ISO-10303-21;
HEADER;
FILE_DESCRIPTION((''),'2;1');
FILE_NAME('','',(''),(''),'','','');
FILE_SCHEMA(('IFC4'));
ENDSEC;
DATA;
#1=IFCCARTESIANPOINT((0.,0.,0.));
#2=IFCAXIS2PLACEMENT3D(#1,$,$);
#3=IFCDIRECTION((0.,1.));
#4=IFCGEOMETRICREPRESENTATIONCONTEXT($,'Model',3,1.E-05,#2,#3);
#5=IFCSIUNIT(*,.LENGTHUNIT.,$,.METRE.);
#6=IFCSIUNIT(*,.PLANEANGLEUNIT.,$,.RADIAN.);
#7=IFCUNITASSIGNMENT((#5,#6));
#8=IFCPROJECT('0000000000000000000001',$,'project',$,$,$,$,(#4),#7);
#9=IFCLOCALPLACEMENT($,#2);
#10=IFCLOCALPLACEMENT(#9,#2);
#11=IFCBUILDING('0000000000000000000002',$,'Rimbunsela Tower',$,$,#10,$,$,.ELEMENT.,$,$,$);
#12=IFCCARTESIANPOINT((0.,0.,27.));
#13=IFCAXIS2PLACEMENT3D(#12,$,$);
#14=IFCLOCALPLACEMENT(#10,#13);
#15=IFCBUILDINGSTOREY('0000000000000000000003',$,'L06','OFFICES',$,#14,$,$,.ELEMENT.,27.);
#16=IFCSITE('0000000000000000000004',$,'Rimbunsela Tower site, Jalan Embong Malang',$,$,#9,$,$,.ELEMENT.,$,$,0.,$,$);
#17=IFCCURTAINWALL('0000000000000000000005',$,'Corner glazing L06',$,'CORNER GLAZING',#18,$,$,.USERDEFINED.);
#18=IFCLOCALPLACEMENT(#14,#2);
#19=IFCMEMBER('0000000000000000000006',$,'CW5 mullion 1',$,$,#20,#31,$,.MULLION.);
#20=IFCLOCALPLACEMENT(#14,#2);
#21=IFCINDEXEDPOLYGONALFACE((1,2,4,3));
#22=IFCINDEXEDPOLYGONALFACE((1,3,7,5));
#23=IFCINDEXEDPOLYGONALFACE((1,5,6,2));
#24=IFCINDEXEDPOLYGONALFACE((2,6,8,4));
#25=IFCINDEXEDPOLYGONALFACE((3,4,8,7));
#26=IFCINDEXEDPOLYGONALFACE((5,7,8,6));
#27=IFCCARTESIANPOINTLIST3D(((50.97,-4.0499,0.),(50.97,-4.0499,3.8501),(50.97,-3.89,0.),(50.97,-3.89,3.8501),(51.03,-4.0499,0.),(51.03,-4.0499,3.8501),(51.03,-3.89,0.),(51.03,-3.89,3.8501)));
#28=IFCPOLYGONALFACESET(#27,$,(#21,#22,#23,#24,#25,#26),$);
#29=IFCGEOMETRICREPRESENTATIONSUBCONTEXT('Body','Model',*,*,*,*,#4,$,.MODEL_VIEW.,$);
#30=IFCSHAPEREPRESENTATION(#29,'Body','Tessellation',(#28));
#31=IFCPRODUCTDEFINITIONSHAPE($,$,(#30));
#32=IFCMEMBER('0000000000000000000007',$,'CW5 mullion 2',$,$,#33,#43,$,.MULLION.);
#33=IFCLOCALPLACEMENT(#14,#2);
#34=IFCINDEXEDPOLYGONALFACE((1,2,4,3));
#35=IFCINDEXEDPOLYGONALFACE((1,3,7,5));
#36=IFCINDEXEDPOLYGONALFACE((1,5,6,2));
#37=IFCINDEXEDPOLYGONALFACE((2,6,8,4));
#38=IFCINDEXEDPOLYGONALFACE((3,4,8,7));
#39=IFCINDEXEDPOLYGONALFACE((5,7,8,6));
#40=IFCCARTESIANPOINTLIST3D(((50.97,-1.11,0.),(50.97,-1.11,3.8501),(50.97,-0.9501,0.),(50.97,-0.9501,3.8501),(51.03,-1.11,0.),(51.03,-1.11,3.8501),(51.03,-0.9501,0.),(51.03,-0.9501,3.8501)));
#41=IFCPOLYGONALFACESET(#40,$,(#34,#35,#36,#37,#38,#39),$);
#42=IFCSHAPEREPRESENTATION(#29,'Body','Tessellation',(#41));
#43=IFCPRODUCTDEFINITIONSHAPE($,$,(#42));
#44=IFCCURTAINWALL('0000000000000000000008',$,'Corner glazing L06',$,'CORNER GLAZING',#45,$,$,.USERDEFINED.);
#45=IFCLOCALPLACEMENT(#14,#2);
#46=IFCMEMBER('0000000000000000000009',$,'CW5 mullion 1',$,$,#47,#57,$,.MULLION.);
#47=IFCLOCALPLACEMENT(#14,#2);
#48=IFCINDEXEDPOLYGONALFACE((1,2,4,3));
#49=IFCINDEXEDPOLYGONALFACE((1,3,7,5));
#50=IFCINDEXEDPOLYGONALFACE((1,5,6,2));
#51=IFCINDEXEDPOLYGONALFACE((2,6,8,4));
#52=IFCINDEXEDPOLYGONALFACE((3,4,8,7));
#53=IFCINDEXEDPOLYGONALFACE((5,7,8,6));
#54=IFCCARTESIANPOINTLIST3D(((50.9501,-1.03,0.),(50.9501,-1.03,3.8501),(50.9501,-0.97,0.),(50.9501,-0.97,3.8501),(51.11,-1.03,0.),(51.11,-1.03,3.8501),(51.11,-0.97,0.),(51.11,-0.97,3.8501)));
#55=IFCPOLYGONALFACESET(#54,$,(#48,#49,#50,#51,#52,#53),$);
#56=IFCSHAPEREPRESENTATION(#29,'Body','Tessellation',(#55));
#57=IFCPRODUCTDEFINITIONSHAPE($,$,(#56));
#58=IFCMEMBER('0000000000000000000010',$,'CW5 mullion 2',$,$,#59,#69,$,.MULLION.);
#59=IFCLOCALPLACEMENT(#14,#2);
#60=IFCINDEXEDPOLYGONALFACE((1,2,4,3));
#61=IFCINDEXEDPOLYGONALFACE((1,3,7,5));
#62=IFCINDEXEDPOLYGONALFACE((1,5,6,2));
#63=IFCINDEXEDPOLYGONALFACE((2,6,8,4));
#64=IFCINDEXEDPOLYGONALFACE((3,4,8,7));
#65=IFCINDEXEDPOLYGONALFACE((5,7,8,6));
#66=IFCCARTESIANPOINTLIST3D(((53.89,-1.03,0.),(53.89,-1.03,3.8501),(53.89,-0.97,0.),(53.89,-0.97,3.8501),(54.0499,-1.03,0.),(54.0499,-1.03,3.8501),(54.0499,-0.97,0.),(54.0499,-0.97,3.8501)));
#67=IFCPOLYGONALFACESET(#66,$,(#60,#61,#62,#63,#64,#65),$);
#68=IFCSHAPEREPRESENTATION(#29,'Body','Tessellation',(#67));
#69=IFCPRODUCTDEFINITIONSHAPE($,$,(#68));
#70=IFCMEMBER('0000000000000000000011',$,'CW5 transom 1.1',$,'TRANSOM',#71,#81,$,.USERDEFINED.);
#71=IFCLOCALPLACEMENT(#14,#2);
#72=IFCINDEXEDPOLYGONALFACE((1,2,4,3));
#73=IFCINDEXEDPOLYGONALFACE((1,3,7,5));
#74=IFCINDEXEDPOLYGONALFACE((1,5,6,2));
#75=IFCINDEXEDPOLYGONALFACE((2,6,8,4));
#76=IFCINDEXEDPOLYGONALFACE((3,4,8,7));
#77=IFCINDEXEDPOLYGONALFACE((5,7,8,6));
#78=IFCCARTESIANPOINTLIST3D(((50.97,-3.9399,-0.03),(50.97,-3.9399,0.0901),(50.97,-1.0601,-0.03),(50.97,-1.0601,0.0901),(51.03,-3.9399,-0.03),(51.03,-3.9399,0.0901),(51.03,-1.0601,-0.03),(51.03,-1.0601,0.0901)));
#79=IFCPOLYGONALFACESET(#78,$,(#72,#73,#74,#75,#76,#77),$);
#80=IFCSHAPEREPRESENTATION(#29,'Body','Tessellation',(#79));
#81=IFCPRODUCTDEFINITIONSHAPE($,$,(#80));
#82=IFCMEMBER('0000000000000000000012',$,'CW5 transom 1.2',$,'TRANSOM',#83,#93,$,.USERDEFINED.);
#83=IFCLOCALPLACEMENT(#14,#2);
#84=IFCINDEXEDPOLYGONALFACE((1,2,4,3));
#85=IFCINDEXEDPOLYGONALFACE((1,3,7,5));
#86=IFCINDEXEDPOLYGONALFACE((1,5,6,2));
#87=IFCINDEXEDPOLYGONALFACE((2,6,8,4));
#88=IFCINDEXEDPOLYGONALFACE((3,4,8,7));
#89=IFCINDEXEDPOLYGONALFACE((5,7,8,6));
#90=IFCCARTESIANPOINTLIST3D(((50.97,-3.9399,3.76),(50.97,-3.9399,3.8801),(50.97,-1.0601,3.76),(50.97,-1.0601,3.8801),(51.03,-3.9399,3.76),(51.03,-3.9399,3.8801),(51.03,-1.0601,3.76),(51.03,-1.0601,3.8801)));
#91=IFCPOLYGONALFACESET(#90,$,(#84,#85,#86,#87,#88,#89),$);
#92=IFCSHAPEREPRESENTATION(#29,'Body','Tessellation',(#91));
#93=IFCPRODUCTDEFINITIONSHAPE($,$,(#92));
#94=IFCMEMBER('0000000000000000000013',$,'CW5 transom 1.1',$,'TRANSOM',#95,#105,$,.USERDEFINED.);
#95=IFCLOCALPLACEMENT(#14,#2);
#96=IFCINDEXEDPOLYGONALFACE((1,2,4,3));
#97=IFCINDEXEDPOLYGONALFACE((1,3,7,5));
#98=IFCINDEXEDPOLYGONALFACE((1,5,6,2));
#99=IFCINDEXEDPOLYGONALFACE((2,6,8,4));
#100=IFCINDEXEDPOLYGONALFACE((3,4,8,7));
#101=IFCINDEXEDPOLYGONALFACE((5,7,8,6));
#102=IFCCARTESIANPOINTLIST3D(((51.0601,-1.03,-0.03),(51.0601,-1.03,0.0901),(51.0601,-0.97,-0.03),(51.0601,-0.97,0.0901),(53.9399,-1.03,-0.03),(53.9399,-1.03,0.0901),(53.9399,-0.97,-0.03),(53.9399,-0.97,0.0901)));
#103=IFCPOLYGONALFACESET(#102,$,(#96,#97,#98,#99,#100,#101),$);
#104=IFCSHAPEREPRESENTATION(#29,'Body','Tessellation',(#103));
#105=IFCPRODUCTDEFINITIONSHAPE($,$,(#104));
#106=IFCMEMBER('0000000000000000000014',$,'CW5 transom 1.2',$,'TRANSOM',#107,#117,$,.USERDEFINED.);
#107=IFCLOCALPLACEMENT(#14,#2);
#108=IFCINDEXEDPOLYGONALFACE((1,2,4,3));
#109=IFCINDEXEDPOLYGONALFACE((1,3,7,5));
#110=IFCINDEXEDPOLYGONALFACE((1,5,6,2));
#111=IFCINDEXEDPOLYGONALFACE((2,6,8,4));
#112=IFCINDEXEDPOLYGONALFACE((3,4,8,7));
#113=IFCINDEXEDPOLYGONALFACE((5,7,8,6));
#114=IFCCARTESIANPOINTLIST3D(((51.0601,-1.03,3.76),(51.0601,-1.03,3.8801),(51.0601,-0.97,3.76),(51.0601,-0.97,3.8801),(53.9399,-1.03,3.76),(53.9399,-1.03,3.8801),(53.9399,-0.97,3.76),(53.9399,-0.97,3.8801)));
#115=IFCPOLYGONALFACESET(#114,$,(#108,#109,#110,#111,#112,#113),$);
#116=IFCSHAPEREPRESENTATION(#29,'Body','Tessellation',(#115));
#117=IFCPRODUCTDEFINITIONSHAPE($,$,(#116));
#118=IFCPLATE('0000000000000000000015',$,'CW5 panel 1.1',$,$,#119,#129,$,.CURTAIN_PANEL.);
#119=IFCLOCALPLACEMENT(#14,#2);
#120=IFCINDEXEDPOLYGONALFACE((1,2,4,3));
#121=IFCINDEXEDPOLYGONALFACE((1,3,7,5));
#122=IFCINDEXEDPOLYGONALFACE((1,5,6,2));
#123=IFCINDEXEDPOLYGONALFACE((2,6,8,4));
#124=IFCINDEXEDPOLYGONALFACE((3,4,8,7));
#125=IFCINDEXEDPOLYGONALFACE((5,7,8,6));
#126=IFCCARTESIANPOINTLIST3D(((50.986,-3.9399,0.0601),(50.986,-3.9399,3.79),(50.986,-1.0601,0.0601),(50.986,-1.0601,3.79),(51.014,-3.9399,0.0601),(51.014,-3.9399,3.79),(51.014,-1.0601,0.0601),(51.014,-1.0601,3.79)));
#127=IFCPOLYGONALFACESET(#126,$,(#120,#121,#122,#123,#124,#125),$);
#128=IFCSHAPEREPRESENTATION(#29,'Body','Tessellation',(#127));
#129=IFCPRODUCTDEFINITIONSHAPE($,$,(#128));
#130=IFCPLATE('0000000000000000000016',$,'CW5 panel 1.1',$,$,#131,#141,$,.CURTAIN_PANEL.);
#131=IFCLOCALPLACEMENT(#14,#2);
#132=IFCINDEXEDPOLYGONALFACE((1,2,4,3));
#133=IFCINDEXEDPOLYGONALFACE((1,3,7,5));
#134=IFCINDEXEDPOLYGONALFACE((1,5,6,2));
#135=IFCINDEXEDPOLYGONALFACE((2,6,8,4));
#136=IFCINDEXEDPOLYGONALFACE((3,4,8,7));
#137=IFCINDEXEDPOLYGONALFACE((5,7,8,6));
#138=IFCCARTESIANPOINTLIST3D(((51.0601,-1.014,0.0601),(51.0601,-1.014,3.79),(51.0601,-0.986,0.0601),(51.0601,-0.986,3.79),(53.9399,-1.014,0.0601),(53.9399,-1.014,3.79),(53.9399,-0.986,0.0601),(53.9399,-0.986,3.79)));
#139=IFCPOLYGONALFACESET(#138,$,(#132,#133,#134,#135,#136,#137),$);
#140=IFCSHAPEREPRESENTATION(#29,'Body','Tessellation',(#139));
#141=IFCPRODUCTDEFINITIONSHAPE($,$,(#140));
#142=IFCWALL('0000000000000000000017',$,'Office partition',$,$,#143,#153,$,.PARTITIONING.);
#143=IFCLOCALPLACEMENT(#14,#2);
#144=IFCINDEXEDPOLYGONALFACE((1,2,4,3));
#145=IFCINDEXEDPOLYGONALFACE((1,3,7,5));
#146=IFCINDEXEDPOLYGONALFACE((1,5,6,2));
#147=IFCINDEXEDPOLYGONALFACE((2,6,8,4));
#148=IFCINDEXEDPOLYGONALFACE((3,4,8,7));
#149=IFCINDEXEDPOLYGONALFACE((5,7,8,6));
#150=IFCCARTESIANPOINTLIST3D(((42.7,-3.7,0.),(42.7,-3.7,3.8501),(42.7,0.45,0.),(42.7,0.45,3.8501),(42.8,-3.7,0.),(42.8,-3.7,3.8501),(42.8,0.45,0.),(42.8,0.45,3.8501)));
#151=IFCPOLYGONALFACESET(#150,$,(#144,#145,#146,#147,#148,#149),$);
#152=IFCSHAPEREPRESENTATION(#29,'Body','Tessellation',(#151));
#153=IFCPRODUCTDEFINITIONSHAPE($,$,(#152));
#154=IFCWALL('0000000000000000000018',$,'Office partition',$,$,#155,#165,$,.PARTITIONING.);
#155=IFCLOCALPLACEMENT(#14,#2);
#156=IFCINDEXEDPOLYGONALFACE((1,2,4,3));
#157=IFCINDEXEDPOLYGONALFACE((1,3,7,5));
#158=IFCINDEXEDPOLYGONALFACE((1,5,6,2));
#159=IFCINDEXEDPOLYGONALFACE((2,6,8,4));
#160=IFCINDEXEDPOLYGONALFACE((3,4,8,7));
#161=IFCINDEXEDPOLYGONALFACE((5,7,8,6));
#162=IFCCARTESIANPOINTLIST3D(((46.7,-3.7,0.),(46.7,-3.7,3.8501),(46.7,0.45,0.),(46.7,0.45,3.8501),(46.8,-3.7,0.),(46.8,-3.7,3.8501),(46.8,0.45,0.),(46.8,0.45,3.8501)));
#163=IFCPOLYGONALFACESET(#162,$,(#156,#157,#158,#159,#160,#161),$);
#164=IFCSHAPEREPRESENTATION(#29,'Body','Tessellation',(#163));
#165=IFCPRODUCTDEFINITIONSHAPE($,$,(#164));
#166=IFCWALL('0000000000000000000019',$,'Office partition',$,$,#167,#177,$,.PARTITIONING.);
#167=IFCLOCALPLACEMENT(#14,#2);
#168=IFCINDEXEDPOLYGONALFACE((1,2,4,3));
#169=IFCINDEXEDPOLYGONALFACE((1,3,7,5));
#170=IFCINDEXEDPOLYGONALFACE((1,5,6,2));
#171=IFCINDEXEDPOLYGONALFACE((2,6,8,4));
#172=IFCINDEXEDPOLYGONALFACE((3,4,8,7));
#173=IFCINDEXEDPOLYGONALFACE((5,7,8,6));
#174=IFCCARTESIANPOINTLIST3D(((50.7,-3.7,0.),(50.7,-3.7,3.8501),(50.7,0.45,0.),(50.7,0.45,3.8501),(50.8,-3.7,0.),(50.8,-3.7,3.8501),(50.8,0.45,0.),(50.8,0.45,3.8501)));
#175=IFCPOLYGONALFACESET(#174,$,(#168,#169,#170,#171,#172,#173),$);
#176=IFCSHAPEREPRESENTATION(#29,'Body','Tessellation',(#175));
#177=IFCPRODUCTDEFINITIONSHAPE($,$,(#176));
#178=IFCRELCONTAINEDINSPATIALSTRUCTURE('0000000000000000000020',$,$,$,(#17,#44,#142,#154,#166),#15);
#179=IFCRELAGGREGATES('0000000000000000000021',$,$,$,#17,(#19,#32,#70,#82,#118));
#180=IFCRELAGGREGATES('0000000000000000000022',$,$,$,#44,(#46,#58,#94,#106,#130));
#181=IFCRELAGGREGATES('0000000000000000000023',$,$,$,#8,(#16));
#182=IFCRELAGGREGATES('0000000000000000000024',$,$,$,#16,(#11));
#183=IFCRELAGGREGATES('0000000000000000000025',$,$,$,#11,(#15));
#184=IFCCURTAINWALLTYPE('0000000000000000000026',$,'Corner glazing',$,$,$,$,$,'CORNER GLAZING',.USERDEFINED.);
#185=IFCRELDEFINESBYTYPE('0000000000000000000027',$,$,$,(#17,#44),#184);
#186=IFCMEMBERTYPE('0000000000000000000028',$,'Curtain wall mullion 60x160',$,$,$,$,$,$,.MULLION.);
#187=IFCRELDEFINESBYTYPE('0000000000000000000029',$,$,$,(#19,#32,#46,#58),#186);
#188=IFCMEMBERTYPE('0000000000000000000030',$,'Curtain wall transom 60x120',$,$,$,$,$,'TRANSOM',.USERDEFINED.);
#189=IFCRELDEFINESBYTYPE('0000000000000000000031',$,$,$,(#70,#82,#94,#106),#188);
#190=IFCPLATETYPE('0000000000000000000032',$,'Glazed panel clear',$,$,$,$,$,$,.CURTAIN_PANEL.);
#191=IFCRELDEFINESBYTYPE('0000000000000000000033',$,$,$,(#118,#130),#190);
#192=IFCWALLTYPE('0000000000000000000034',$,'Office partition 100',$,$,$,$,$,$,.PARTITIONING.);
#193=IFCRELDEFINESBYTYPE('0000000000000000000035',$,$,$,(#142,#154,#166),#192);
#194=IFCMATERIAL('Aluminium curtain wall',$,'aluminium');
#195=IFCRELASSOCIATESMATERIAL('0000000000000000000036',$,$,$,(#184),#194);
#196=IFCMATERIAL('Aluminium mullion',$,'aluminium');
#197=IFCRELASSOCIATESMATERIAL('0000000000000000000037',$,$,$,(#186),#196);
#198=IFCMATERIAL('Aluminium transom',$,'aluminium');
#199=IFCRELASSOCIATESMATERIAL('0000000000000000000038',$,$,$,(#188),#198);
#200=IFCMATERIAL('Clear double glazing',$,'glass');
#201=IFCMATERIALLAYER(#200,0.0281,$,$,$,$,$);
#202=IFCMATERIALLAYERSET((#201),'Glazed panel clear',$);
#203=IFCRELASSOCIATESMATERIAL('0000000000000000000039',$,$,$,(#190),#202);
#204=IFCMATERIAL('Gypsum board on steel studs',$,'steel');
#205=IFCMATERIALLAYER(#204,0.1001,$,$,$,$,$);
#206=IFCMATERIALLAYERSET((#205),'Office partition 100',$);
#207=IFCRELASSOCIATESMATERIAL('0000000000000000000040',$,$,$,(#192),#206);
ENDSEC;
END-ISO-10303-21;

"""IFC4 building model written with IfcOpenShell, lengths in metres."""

from ifc_helpers import new_model, si_unit, direction, frame, frame_2d, origin, origin_2d, place, context, subcontext, project, spatial, rectangle, extrude, material, layer, layer_set, material_profile, profile_set, type_object, element, aggregate, save


model = new_model("IFC4")

# Units and contexts
model_context = context("Model", 3, precision=1e-05, world=origin(), true_north=direction((0.0, 1.0)))
body_context = subcontext(model_context, "Body", "Model", "MODEL_VIEW")
ifc_project = project(units=[si_unit("LENGTHUNIT", "METRE"), si_unit("PLANEANGLEUNIT", "RADIAN")], contexts=[model_context])

# Site, building, storey
site_placement = place(None, origin())
site = spatial("IfcSite", under=ifc_project, at=site_placement, Name="Rimbunsela Tower site, Jalan Embong Malang", CompositionType="ELEMENT", RefElevation=0.0)
building_placement = place(site_placement, origin())
building = spatial("IfcBuilding", under=site, at=building_placement, Name="Rimbunsela Tower", CompositionType="ELEMENT")
storey_placement = place(building_placement, frame((0.0, 0.0, 27.0)))
storey = spatial("IfcBuildingStorey", under=building, at=storey_placement, Name="L06", Description="OFFICES", CompositionType="ELEMENT", Elevation=27.0)

# Curtain walls, members
ifc_material_1 = material(Name="Aluminium curtain wall", Category="aluminium")
curtain_wall_type = type_object("IfcCurtainWallType", Name="Corner glazing", ElementType="CORNER GLAZING", PredefinedType="USERDEFINED", material=ifc_material_1)
curtain_wall_1_placement = place(storey_placement, origin())
curtain_wall_1 = element("IfcCurtainWall", 1, at=curtain_wall_1_placement, inside=storey, type_object=curtain_wall_type, Name="Corner glazing L06", ObjectType="CORNER GLAZING", PredefinedType="USERDEFINED")
ifc_material_2 = material(Name="Aluminium mullion", Category="aluminium")
ifc_material_profile_1 = material_profile(ifc_material_2, rectangle(XDim=0.0601, YDim=0.1599, at=origin_2d()), Name="Mullion 60x160")
ifc_profile_set_1 = profile_set([ifc_material_profile_1], Name="Aluminium mullion")
member_type_1 = type_object("IfcMemberType", Name="Curtain wall mullion 60x160", PredefinedType="MULLION", material=ifc_profile_set_1)
member_1_placement = place(storey_placement, frame((51.0, -3.97, 0.0), z_axis=(0.0, 0.0, 1.0), x_axis=(-1.0, 0.0, 0.0)))
member_1 = element("IfcMember", 2, at=member_1_placement, type_object=member_type_1, Name="CW5 mullion 1", PredefinedType="MULLION", context=body_context, shape_type="SweptSolid", body=[
    extrude(rectangle(XDim=0.0601, YDim=0.1599, at=origin_2d()), origin(), (0.0, 0.0, 1.0), 3.8501),
])
member_2_placement = place(storey_placement, frame((51.0, -1.03, 0.0), z_axis=(0.0, 0.0, 1.0), x_axis=(-1.0, 0.0, 0.0)))
member_2 = element("IfcMember", 3, at=member_2_placement, type_object=member_type_1, Name="CW5 mullion 2", PredefinedType="MULLION", context=body_context, shape_type="SweptSolid", body=[
    extrude(rectangle(XDim=0.0601, YDim=0.1599, at=origin_2d()), origin(), (0.0, 0.0, 1.0), 3.8501),
])
curtain_wall_2_placement = place(storey_placement, origin())
curtain_wall_2 = element("IfcCurtainWall", 4, at=curtain_wall_2_placement, inside=storey, type_object=curtain_wall_type, Name="Corner glazing L06", ObjectType="CORNER GLAZING", PredefinedType="USERDEFINED")
member_3_placement = place(storey_placement, frame((51.03, -1.0, 0.0), z_axis=(0.0, 0.0, 1.0), x_axis=(0.0, 1.0, 0.0)))
member_3 = element("IfcMember", 5, at=member_3_placement, type_object=member_type_1, Name="CW5 mullion 1", PredefinedType="MULLION", context=body_context, shape_type="SweptSolid", body=[
    extrude(rectangle(XDim=0.0601, YDim=0.1599, at=origin_2d()), origin(), (0.0, 0.0, 1.0), 3.8501),
])
member_4_placement = place(storey_placement, frame((53.97, -1.0, 0.0), z_axis=(0.0, 0.0, 1.0), x_axis=(0.0, 1.0, 0.0)))
member_4 = element("IfcMember", 6, at=member_4_placement, type_object=member_type_1, Name="CW5 mullion 2", PredefinedType="MULLION", context=body_context, shape_type="SweptSolid", body=[
    extrude(rectangle(XDim=0.0601, YDim=0.1599, at=origin_2d()), origin(), (0.0, 0.0, 1.0), 3.8501),
])

# Members
ifc_material_3 = material(Name="Aluminium transom", Category="aluminium")
ifc_material_profile_2 = material_profile(ifc_material_3, rectangle(XDim=0.0601, YDim=0.1201, at=origin_2d()), Name="Transom 60x120")
ifc_profile_set_2 = profile_set([ifc_material_profile_2], Name="Aluminium transom")
member_type_2 = type_object("IfcMemberType", Name="Curtain wall transom 60x120", ElementType="TRANSOM", PredefinedType="USERDEFINED", material=ifc_profile_set_2)
member_5_placement = place(storey_placement, frame((51.0, -3.9399, 0.03), z_axis=(0.0, 1.0, 0.0), x_axis=(-1.0, 0.0, 0.0)))
member_5 = element("IfcMember", 7, at=member_5_placement, type_object=member_type_2, Name="CW5 transom 1.1", ObjectType="TRANSOM", PredefinedType="USERDEFINED", context=body_context, shape_type="SweptSolid", body=[
    extrude(rectangle(XDim=0.0601, YDim=0.1201, at=origin_2d()), origin(), (0.0, 0.0, 1.0), 2.8799),
])
member_6_placement = place(storey_placement, frame((51.0, -3.9399, 3.8201), z_axis=(0.0, 1.0, 0.0), x_axis=(-1.0, 0.0, 0.0)))
member_6 = element("IfcMember", 8, at=member_6_placement, type_object=member_type_2, Name="CW5 transom 1.2", ObjectType="TRANSOM", PredefinedType="USERDEFINED", context=body_context, shape_type="SweptSolid", body=[
    extrude(rectangle(XDim=0.0601, YDim=0.1201, at=origin_2d()), origin(), (0.0, 0.0, 1.0), 2.8799),
])
member_7_placement = place(storey_placement, frame((51.0601, -1.0, 0.03), z_axis=(1.0, 0.0, 0.0), x_axis=(0.0, 1.0, 0.0)))
member_7 = element("IfcMember", 9, at=member_7_placement, type_object=member_type_2, Name="CW5 transom 1.1", ObjectType="TRANSOM", PredefinedType="USERDEFINED", context=body_context, shape_type="SweptSolid", body=[
    extrude(rectangle(XDim=0.0601, YDim=0.1201, at=origin_2d()), origin(), (0.0, 0.0, 1.0), 2.8799),
])
member_8_placement = place(storey_placement, frame((51.0601, -1.0, 3.8201), z_axis=(1.0, 0.0, 0.0), x_axis=(0.0, 1.0, 0.0)))
member_8 = element("IfcMember", 10, at=member_8_placement, type_object=member_type_2, Name="CW5 transom 1.2", ObjectType="TRANSOM", PredefinedType="USERDEFINED", context=body_context, shape_type="SweptSolid", body=[
    extrude(rectangle(XDim=0.0601, YDim=0.1201, at=origin_2d()), origin(), (0.0, 0.0, 1.0), 2.8799),
])

# Plates
ifc_material_4 = material(Name="Clear double glazing", Category="glass")
ifc_layer_1 = layer(ifc_material_4, 0.0281)
ifc_layer_set_1 = layer_set([ifc_layer_1], Name="Glazed panel clear")
plate_type = type_object("IfcPlateType", Name="Glazed panel clear", PredefinedType="CURTAIN_PANEL", material=ifc_layer_set_1)
plate_1_placement = place(storey_placement, frame((51.0, -2.5, 0.0601), z_axis=(0.0, 0.0, 1.0), x_axis=(0.0, 1.0, 0.0)))
plate_1 = element("IfcPlate", 11, at=plate_1_placement, type_object=plate_type, Name="CW5 panel 1.1", PredefinedType="CURTAIN_PANEL", context=body_context, shape_type="SweptSolid", body=[
    extrude(rectangle(XDim=2.8799, YDim=0.0281, at=origin_2d()), origin(), (0.0, 0.0, 1.0), 3.73),
])
aggregate(curtain_wall_1, [member_1, member_2, member_5, member_6, plate_1])
plate_2_placement = place(storey_placement, frame((52.5, -1.0, 0.0601), z_axis=(0.0, 0.0, 1.0), x_axis=(1.0, 0.0, 0.0)))
plate_2 = element("IfcPlate", 12, at=plate_2_placement, type_object=plate_type, Name="CW5 panel 1.1", PredefinedType="CURTAIN_PANEL", context=body_context, shape_type="SweptSolid", body=[
    extrude(rectangle(XDim=2.8799, YDim=0.0281, at=origin_2d()), origin(), (0.0, 0.0, 1.0), 3.73),
])
aggregate(curtain_wall_2, [member_3, member_4, member_7, member_8, plate_2])

# Walls
ifc_material_5 = material(Name="Gypsum board on steel studs", Category="steel")
ifc_layer_2 = layer(ifc_material_5, 0.1001)
ifc_layer_set_2 = layer_set([ifc_layer_2], Name="Office partition 100")
wall_type_1 = type_object("IfcWallType", Name="Office partition 100", PredefinedType="PARTITIONING", material=ifc_layer_set_2)
for number, where, z_axis, x_axis, name in (
    (13, (42.75, -3.7, 0.0), (0.0, 0.0, 1.0), (0.0, 1.0, 0.0), "Office partition"),
    (14, (46.75, -3.7, 0.0), (0.0, 0.0, 1.0), (0.0, 1.0, 0.0), "Office partition"),
    (15, (50.75, -3.7, 0.0), (0.0, 0.0, 1.0), (0.0, 1.0, 0.0), "Office partition"),
):
    element("IfcWall", number, at=place(storey_placement, frame(where, z_axis=z_axis, x_axis=x_axis)), inside=storey, type_object=wall_type_1, Name=name, PredefinedType="PARTITIONING", context=body_context, shape_type="SweptSolid", body=[
        extrude(rectangle(XDim=4.1499, YDim=0.1001, at=frame_2d((2.075, 0.0))), origin(), (0.0, 0.0, 1.0), 3.8501),
    ])

save(model, "model.ifc")
